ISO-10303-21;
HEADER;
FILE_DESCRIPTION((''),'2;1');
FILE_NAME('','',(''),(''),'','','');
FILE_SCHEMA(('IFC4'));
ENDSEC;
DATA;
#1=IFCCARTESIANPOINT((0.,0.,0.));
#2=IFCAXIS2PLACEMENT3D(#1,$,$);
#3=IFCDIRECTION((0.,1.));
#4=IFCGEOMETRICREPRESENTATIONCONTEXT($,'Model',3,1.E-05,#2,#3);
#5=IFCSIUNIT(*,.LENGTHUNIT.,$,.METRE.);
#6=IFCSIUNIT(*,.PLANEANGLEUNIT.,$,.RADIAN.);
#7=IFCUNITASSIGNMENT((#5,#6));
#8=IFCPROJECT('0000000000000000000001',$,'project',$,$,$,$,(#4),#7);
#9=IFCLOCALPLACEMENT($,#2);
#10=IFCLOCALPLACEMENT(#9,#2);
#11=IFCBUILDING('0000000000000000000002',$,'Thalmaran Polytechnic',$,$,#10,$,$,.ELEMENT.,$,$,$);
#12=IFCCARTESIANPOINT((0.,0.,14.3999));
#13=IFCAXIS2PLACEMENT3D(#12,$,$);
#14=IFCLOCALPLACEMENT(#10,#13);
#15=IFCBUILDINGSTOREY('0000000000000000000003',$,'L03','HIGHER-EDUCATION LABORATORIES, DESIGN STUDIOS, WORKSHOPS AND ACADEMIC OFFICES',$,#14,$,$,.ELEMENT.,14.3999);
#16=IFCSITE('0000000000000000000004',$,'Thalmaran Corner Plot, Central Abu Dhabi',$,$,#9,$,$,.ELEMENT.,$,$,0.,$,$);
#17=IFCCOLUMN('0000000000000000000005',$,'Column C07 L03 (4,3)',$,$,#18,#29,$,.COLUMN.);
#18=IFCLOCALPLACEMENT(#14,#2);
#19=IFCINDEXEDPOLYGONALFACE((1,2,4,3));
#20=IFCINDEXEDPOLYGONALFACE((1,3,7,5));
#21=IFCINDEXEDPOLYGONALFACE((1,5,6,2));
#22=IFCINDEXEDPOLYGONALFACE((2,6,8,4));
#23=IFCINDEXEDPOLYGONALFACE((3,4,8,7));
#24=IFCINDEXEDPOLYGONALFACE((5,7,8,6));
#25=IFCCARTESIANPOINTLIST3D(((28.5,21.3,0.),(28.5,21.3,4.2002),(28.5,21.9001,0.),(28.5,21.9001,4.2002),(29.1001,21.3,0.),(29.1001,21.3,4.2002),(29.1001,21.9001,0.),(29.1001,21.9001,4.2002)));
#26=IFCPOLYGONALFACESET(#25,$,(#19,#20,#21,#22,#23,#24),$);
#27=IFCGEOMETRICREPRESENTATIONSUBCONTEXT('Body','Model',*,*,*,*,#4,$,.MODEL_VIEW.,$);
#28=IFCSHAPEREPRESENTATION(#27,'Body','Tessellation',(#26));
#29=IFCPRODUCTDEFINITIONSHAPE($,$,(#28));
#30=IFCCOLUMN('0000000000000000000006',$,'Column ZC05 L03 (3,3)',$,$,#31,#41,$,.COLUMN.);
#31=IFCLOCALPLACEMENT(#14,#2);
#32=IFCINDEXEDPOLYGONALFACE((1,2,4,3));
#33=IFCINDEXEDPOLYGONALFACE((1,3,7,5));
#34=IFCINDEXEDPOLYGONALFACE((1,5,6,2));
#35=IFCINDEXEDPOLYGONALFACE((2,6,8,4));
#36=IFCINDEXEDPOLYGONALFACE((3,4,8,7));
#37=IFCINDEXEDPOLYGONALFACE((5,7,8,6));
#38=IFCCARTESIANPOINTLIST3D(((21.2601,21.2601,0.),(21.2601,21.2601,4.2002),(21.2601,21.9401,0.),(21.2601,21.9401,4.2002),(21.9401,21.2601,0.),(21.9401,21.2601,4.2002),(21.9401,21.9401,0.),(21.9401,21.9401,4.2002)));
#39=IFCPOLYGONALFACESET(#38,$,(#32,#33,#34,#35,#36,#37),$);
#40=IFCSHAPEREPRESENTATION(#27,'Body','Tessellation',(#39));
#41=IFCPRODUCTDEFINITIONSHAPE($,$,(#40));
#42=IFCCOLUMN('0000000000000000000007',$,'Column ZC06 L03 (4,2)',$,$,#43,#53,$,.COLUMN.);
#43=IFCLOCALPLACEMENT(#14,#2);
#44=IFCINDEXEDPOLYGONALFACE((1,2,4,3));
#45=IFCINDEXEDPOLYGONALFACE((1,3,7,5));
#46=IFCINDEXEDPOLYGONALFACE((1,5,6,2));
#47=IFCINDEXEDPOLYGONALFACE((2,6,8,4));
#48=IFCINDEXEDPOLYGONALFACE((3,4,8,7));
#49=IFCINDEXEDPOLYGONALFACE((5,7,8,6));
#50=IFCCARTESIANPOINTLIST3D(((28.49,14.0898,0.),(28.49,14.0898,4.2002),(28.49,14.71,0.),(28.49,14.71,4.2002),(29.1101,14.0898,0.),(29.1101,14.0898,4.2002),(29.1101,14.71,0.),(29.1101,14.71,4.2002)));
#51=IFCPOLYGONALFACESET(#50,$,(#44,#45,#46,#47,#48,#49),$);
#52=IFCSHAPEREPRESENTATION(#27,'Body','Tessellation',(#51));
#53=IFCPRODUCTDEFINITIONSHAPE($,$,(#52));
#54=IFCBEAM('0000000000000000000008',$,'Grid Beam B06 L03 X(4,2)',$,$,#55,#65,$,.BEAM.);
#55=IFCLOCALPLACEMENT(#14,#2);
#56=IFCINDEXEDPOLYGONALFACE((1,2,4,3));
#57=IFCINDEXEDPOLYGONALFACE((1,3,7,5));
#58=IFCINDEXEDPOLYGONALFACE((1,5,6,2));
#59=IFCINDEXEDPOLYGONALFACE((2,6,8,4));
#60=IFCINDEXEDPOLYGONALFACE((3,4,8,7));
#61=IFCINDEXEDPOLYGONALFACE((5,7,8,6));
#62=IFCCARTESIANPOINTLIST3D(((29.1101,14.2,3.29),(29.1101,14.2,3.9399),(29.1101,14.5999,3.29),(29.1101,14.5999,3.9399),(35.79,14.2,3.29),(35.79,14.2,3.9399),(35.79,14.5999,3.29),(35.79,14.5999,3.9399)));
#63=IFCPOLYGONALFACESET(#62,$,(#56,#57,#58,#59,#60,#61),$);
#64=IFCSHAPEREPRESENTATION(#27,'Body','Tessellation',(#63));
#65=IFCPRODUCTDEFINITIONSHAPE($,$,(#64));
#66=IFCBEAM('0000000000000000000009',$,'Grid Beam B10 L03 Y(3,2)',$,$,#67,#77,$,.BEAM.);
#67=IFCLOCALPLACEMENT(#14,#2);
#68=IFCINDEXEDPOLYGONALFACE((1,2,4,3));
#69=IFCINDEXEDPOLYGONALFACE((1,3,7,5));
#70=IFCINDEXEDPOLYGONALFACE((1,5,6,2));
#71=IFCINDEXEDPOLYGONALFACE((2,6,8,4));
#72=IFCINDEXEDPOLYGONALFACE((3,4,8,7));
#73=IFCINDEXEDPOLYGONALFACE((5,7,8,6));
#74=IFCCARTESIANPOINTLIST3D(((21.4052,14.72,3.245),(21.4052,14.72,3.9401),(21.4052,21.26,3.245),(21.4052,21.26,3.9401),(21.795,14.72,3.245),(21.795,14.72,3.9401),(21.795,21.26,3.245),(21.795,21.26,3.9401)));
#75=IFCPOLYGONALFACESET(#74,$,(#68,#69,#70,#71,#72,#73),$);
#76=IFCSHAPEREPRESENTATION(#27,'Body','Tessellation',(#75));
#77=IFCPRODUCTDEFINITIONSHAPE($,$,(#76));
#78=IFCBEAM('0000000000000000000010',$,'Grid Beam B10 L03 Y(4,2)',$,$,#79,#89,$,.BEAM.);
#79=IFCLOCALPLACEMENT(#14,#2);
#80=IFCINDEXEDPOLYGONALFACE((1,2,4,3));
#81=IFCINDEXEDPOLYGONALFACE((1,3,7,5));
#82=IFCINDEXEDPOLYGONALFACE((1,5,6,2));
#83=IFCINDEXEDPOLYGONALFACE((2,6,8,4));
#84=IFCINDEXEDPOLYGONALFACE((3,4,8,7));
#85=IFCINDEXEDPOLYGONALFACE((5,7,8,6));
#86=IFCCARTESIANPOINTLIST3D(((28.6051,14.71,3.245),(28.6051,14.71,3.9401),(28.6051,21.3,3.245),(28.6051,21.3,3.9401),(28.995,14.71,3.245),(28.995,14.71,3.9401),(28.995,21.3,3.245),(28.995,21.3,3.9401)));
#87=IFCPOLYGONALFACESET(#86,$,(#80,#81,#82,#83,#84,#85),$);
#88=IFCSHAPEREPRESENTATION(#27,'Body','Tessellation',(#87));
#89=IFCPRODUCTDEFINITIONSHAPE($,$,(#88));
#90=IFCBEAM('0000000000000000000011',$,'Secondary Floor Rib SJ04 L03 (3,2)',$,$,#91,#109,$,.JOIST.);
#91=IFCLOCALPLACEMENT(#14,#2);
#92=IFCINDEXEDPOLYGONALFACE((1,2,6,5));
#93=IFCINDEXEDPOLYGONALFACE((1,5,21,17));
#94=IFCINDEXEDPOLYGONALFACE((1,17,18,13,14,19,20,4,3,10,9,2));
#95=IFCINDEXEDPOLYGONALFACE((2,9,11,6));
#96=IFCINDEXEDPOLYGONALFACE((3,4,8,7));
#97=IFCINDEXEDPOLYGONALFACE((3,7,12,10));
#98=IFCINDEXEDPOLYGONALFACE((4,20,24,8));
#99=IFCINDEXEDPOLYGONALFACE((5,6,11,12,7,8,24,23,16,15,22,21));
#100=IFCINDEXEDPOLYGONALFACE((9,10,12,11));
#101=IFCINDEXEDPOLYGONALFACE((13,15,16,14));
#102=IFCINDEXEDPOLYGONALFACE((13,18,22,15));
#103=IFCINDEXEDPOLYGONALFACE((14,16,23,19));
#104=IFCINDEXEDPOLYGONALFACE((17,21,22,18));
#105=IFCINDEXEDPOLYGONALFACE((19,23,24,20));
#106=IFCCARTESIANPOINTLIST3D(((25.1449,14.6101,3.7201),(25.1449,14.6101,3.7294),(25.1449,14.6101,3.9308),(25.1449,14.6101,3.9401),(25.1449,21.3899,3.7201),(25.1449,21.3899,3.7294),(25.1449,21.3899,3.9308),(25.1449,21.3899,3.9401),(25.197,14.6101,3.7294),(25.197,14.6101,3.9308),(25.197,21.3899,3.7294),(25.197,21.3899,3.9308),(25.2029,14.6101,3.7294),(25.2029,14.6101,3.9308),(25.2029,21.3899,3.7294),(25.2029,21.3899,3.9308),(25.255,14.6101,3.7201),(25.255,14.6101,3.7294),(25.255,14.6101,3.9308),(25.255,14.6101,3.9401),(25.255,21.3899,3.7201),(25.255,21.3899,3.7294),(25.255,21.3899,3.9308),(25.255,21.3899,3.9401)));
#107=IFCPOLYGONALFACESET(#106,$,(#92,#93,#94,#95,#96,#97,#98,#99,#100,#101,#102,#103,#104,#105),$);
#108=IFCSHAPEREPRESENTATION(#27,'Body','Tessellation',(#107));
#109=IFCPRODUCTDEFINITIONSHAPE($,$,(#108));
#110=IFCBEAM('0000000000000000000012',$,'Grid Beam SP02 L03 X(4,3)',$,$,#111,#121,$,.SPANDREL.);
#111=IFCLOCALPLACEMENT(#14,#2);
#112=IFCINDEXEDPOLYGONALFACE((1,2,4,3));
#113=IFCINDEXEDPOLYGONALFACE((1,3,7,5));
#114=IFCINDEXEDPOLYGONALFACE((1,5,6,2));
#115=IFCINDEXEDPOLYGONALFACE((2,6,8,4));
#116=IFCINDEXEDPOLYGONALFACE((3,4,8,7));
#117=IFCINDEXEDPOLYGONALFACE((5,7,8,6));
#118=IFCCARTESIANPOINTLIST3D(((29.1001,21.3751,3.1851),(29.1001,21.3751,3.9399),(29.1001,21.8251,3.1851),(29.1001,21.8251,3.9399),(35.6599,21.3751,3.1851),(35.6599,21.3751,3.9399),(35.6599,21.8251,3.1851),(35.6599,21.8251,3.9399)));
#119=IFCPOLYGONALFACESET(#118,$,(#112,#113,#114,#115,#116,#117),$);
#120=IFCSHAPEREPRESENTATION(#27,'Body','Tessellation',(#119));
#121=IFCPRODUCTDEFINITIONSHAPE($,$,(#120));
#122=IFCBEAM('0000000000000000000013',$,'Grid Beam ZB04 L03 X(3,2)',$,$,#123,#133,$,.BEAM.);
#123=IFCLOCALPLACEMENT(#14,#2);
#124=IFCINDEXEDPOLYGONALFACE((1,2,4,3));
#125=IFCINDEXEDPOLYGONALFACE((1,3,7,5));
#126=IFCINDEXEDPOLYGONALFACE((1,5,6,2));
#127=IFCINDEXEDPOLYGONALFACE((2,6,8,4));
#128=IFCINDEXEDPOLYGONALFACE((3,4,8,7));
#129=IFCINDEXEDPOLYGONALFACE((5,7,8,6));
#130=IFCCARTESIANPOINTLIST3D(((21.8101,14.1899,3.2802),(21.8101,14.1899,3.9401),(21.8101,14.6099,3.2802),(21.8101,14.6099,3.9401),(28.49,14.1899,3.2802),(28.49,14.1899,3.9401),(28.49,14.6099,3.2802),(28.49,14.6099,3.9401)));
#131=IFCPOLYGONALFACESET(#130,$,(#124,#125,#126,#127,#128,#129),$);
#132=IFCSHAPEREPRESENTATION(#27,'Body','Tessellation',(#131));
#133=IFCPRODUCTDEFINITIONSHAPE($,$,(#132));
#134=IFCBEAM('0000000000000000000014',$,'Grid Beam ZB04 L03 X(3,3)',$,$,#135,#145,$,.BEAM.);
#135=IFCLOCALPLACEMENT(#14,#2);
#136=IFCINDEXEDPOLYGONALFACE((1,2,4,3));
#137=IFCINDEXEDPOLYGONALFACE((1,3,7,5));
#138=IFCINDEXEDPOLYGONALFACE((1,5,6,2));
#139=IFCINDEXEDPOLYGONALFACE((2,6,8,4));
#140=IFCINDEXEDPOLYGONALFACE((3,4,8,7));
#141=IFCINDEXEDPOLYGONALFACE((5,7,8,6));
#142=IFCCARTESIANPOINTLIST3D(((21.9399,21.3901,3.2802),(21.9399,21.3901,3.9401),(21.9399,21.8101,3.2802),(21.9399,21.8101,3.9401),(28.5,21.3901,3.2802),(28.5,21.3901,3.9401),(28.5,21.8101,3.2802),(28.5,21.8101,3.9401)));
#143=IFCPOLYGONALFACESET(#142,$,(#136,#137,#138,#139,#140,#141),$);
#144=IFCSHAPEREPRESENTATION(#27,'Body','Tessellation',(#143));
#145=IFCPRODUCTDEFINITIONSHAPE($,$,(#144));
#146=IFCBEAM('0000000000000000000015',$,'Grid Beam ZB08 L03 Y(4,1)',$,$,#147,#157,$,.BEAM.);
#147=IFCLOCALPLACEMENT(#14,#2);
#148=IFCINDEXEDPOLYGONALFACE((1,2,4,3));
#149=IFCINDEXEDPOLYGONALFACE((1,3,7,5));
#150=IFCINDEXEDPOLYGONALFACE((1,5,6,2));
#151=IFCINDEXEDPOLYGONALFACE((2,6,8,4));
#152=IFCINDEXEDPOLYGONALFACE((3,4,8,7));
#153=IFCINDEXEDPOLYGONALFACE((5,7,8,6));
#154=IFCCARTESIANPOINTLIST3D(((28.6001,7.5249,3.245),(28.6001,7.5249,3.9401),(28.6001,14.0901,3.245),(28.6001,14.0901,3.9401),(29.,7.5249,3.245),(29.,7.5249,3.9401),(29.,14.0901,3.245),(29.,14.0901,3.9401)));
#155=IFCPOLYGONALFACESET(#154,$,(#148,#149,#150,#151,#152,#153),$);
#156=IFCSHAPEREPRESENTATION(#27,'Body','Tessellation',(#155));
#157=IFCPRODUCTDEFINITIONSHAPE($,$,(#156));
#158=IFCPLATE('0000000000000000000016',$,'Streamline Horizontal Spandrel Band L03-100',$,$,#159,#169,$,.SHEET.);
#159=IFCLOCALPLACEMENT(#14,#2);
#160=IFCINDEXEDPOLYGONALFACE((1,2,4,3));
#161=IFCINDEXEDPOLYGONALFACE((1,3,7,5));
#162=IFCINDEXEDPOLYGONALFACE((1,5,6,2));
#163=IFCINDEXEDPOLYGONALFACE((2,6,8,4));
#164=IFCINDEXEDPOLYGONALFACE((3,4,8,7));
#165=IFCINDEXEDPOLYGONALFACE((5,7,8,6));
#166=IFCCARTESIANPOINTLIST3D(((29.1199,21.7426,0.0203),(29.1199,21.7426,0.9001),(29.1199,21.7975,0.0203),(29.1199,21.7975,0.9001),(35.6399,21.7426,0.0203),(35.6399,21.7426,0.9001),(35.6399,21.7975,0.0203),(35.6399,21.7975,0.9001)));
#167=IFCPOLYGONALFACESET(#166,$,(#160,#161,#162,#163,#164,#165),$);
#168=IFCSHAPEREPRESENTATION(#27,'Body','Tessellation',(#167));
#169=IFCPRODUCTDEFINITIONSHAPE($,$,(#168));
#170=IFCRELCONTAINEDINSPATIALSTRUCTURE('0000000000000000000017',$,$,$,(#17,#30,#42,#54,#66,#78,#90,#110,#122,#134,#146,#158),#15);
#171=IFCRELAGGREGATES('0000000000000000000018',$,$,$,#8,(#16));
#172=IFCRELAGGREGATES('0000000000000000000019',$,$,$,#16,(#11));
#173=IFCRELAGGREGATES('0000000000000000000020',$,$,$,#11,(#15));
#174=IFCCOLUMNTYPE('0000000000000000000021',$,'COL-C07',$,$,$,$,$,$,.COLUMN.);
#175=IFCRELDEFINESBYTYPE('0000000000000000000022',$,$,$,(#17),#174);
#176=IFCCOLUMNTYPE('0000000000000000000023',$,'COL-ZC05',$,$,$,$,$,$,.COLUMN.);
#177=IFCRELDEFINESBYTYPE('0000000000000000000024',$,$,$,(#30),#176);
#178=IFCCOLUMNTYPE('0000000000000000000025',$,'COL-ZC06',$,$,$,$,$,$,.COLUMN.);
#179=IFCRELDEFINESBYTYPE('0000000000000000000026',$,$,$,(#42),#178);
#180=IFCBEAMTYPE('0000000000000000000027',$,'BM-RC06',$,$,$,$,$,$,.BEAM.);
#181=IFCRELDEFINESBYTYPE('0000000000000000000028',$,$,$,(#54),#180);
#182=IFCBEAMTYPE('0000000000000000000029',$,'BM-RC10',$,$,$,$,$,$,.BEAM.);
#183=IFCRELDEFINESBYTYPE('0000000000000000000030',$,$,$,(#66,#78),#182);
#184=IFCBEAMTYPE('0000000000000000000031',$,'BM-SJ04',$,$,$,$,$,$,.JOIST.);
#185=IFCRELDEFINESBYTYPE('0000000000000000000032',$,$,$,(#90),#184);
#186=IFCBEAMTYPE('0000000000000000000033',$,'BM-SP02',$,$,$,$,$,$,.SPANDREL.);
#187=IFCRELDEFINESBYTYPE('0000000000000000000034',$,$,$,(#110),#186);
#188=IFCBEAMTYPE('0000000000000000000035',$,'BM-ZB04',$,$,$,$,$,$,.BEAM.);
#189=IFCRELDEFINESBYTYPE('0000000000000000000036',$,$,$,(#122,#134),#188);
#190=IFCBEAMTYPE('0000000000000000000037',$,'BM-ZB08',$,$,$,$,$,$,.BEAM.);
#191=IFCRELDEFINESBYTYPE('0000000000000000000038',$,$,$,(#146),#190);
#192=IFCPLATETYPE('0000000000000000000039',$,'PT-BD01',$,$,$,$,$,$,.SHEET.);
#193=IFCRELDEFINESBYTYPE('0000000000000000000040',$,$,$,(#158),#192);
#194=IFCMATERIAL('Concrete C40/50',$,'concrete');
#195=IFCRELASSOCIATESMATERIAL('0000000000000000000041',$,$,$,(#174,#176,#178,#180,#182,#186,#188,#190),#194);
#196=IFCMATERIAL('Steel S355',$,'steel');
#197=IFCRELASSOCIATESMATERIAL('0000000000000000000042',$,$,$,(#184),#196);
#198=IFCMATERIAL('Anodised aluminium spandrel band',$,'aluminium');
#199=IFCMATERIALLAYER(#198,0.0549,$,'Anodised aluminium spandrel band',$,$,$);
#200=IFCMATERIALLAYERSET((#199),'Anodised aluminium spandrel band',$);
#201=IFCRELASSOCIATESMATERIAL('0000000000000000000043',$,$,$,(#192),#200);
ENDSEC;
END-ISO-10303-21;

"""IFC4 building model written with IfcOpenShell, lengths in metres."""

from ifc_helpers import new_model, si_unit, direction, frame, origin, origin_2d, place, context, subcontext, project, spatial, rectangle, i_section, extrude, material, layer, layer_set, material_profile, profile_set, type_object, element, save


model = new_model("IFC4")

# Units and contexts
model_context = context("Model", 3, precision=1e-05, world=origin(), true_north=direction((0.0, 1.0)))
body_context = subcontext(model_context, "Body", "Model", "MODEL_VIEW")
ifc_project = project(units=[si_unit("LENGTHUNIT", "METRE"), si_unit("PLANEANGLEUNIT", "RADIAN")], contexts=[model_context])

# Site, building, storey
site_placement = place(None, origin())
site = spatial("IfcSite", under=ifc_project, at=site_placement, Name="Thalmaran Corner Plot, Central Abu Dhabi", CompositionType="ELEMENT", RefElevation=0.0)
building_placement = place(site_placement, origin())
building = spatial("IfcBuilding", under=site, at=building_placement, Name="Thalmaran Polytechnic", CompositionType="ELEMENT")
storey_placement = place(building_placement, frame((0.0, 0.0, 14.3999)))
storey = spatial("IfcBuildingStorey", under=building, at=storey_placement, Name="L03", Description="HIGHER-EDUCATION LABORATORIES, DESIGN STUDIOS, WORKSHOPS AND ACADEMIC OFFICES", CompositionType="ELEMENT", Elevation=14.3999)

# Columns
ifc_material_1 = material(Name="Concrete C40/50", Category="concrete")
ifc_material_profile_1 = material_profile(ifc_material_1, rectangle(XDim=0.6001, YDim=0.6001, at=origin_2d()), Name="RC 600x600")
ifc_profile_set_1 = profile_set([ifc_material_profile_1], Name="Concrete C40/50")
column_type_1 = type_object("IfcColumnType", Name="COL-C07", PredefinedType="COLUMN", material=ifc_profile_set_1)
column_1_placement = place(storey_placement, frame((28.8, 21.6001, 0.0), z_axis=(0.0, 0.0, 1.0), x_axis=(1.0, 0.0, 0.0)))
element("IfcColumn", 1, at=column_1_placement, inside=storey, type_object=column_type_1, Name="Column C07 L03 (4,3)", PredefinedType="COLUMN", context=body_context, shape_type="SweptSolid", body=[
    extrude(rectangle(XDim=0.6001, YDim=0.6001, at=origin_2d()), origin(), (0.0, 0.0, 1.0), 4.2002),
])
ifc_material_profile_2 = material_profile(ifc_material_1, rectangle(XDim=0.6799, YDim=0.6799, at=origin_2d()), Name="RC 680x680")
ifc_profile_set_2 = profile_set([ifc_material_profile_2], Name="Concrete C40/50")
column_type_2 = type_object("IfcColumnType", Name="COL-ZC05", PredefinedType="COLUMN", material=ifc_profile_set_2)
column_2_placement = place(storey_placement, frame((21.6001, 21.6001, 0.0), z_axis=(0.0, 0.0, 1.0), x_axis=(1.0, 0.0, 0.0)))
element("IfcColumn", 2, at=column_2_placement, inside=storey, type_object=column_type_2, Name="Column ZC05 L03 (3,3)", PredefinedType="COLUMN", context=body_context, shape_type="SweptSolid", body=[
    extrude(rectangle(XDim=0.6799, YDim=0.6799, at=origin_2d()), origin(), (0.0, 0.0, 1.0), 4.2002),
])
ifc_material_profile_3 = material_profile(ifc_material_1, rectangle(XDim=0.6201, YDim=0.6201, at=origin_2d()), Name="RC 620x620")
ifc_profile_set_3 = profile_set([ifc_material_profile_3], Name="Concrete C40/50")
column_type_3 = type_object("IfcColumnType", Name="COL-ZC06", PredefinedType="COLUMN", material=ifc_profile_set_3)
column_3_placement = place(storey_placement, frame((28.8, 14.3999, 0.0), z_axis=(0.0, 0.0, 1.0), x_axis=(1.0, 0.0, 0.0)))
element("IfcColumn", 3, at=column_3_placement, inside=storey, type_object=column_type_3, Name="Column ZC06 L03 (4,2)", PredefinedType="COLUMN", context=body_context, shape_type="SweptSolid", body=[
    extrude(rectangle(XDim=0.6201, YDim=0.6201, at=origin_2d()), origin(), (0.0, 0.0, 1.0), 4.2002),
])

# Beams
ifc_material_profile_4 = material_profile(ifc_material_1, rectangle(XDim=0.3999, YDim=0.6499, at=origin_2d()), Name="RC 400x650")
ifc_profile_set_4 = profile_set([ifc_material_profile_4], Name="Concrete C40/50")
beam_type_1 = type_object("IfcBeamType", Name="BM-RC06", PredefinedType="BEAM", material=ifc_profile_set_4)
beam_1_placement = place(storey_placement, frame((29.1101, 14.3999, 3.615), z_axis=(1.0, 0.0, 0.0), x_axis=(0.0, 1.0, 0.0)))
element("IfcBeam", 4, at=beam_1_placement, inside=storey, type_object=beam_type_1, Name="Grid Beam B06 L03 X(4,2)", PredefinedType="BEAM", context=body_context, shape_type="SweptSolid", body=[
    extrude(rectangle(XDim=0.3999, YDim=0.6499, at=origin_2d()), origin(), (0.0, 0.0, 1.0), 6.6799),
])
ifc_material_profile_5 = material_profile(ifc_material_1, rectangle(XDim=0.3899, YDim=0.6951, at=origin_2d()), Name="RC 390x695")
ifc_profile_set_5 = profile_set([ifc_material_profile_5], Name="Concrete C40/50")
beam_type_2 = type_object("IfcBeamType", Name="BM-RC10", PredefinedType="BEAM", material=ifc_profile_set_5)
beam_2_placement = place(storey_placement, frame((21.6001, 14.72, 3.5925), z_axis=(0.0, 1.0, 0.0), x_axis=(-1.0, 0.0, 0.0)))
element("IfcBeam", 5, at=beam_2_placement, inside=storey, type_object=beam_type_2, Name="Grid Beam B10 L03 Y(3,2)", PredefinedType="BEAM", context=body_context, shape_type="SweptSolid", body=[
    extrude(rectangle(XDim=0.3899, YDim=0.6951, at=origin_2d()), origin(), (0.0, 0.0, 1.0), 6.54),
])
beam_3_placement = place(storey_placement, frame((28.8, 14.71, 3.5925), z_axis=(0.0, 1.0, 0.0), x_axis=(-1.0, 0.0, 0.0)))
element("IfcBeam", 6, at=beam_3_placement, inside=storey, type_object=beam_type_2, Name="Grid Beam B10 L03 Y(4,2)", PredefinedType="BEAM", context=body_context, shape_type="SweptSolid", body=[
    extrude(rectangle(XDim=0.3899, YDim=0.6951, at=origin_2d()), origin(), (0.0, 0.0, 1.0), 6.5901),
])
ifc_material_2 = material(Name="Steel S355", Category="steel")
ifc_material_profile_6 = material_profile(ifc_material_2, i_section(OverallWidth=0.1101, OverallDepth=0.22, WebThickness=0.0059, FlangeThickness=0.0093, at=origin_2d()), Name="IPE 220")
ifc_profile_set_6 = profile_set([ifc_material_profile_6], Name="Steel S355")
beam_type_3 = type_object("IfcBeamType", Name="BM-SJ04", PredefinedType="JOIST", material=ifc_profile_set_6)
beam_4_placement = place(storey_placement, frame((25.2, 14.6101, 3.8301), z_axis=(0.0, 1.0, 0.0), x_axis=(-1.0, 0.0, 0.0)))
element("IfcBeam", 7, at=beam_4_placement, inside=storey, type_object=beam_type_3, Name="Secondary Floor Rib SJ04 L03 (3,2)", PredefinedType="JOIST", context=body_context, shape_type="SweptSolid", body=[
    extrude(i_section(OverallWidth=0.1101, OverallDepth=0.22, WebThickness=0.0059, FlangeThickness=0.0093, at=origin_2d()), origin(), (0.0, 0.0, 1.0), 6.7798),
])
ifc_material_profile_7 = material_profile(ifc_material_1, rectangle(XDim=0.45, YDim=0.7549, at=origin_2d()), Name="RC 450x755")
ifc_profile_set_7 = profile_set([ifc_material_profile_7], Name="Concrete C40/50")
beam_type_4 = type_object("IfcBeamType", Name="BM-SP02", PredefinedType="SPANDREL", material=ifc_profile_set_7)
beam_5_placement = place(storey_placement, frame((29.1001, 21.6001, 3.5625), z_axis=(1.0, 0.0, 0.0), x_axis=(0.0, 1.0, 0.0)))
element("IfcBeam", 8, at=beam_5_placement, inside=storey, type_object=beam_type_4, Name="Grid Beam SP02 L03 X(4,3)", PredefinedType="SPANDREL", context=body_context, shape_type="SweptSolid", body=[
    extrude(rectangle(XDim=0.45, YDim=0.7549, at=origin_2d()), origin(), (0.0, 0.0, 1.0), 6.5598),
])
ifc_material_profile_8 = material_profile(ifc_material_1, rectangle(XDim=0.4199, YDim=0.6599, at=origin_2d()), Name="RC 420x660")
ifc_profile_set_8 = profile_set([ifc_material_profile_8], Name="Concrete C40/50")
beam_type_5 = type_object("IfcBeamType", Name="BM-ZB04", PredefinedType="BEAM", material=ifc_profile_set_8)
beam_6_placement = place(storey_placement, frame((21.8101, 14.3999, 3.6101), z_axis=(1.0, 0.0, 0.0), x_axis=(0.0, 1.0, 0.0)))
element("IfcBeam", 9, at=beam_6_placement, inside=storey, type_object=beam_type_5, Name="Grid Beam ZB04 L03 X(3,2)", PredefinedType="BEAM", context=body_context, shape_type="SweptSolid", body=[
    extrude(rectangle(XDim=0.4199, YDim=0.6599, at=origin_2d()), origin(), (0.0, 0.0, 1.0), 6.6799),
])
beam_7_placement = place(storey_placement, frame((21.9399, 21.6001, 3.6101), z_axis=(1.0, 0.0, 0.0), x_axis=(0.0, 1.0, 0.0)))
element("IfcBeam", 10, at=beam_7_placement, inside=storey, type_object=beam_type_5, Name="Grid Beam ZB04 L03 X(3,3)", PredefinedType="BEAM", context=body_context, shape_type="SweptSolid", body=[
    extrude(rectangle(XDim=0.4199, YDim=0.6599, at=origin_2d()), origin(), (0.0, 0.0, 1.0), 6.5601),
])
ifc_material_profile_9 = material_profile(ifc_material_1, rectangle(XDim=0.3999, YDim=0.6951, at=origin_2d()), Name="RC 400x695")
ifc_profile_set_9 = profile_set([ifc_material_profile_9], Name="Concrete C40/50")
beam_type_6 = type_object("IfcBeamType", Name="BM-ZB08", PredefinedType="BEAM", material=ifc_profile_set_9)
beam_8_placement = place(storey_placement, frame((28.8, 7.5249, 3.5925), z_axis=(0.0, 1.0, 0.0), x_axis=(-1.0, 0.0, 0.0)))
element("IfcBeam", 11, at=beam_8_placement, inside=storey, type_object=beam_type_6, Name="Grid Beam ZB08 L03 Y(4,1)", PredefinedType="BEAM", context=body_context, shape_type="SweptSolid", body=[
    extrude(rectangle(XDim=0.3999, YDim=0.6951, at=origin_2d()), origin(), (0.0, 0.0, 1.0), 6.5652),
])

# Plate
ifc_material_3 = material(Name="Anodised aluminium spandrel band", Category="aluminium")
ifc_layer_1 = layer(ifc_material_3, 0.0549, Name="Anodised aluminium spandrel band")
ifc_layer_set_1 = layer_set([ifc_layer_1], Name="Anodised aluminium spandrel band")
plate_type = type_object("IfcPlateType", Name="PT-BD01", PredefinedType="SHEET", material=ifc_layer_set_1)
plate_placement = place(storey_placement, frame((32.3799, 21.77, 0.0203), z_axis=(0.0, 0.0, 1.0), x_axis=(1.0, 0.0, 0.0)))
element("IfcPlate", 12, at=plate_placement, inside=storey, type_object=plate_type, Name="Streamline Horizontal Spandrel Band L03-100", PredefinedType="SHEET", context=body_context, shape_type="SweptSolid", body=[
    extrude(rectangle(XDim=6.52, YDim=0.0549, at=origin_2d()), origin(), (0.0, 0.0, 1.0), 0.8799),
])

save(model, "model.ifc")
